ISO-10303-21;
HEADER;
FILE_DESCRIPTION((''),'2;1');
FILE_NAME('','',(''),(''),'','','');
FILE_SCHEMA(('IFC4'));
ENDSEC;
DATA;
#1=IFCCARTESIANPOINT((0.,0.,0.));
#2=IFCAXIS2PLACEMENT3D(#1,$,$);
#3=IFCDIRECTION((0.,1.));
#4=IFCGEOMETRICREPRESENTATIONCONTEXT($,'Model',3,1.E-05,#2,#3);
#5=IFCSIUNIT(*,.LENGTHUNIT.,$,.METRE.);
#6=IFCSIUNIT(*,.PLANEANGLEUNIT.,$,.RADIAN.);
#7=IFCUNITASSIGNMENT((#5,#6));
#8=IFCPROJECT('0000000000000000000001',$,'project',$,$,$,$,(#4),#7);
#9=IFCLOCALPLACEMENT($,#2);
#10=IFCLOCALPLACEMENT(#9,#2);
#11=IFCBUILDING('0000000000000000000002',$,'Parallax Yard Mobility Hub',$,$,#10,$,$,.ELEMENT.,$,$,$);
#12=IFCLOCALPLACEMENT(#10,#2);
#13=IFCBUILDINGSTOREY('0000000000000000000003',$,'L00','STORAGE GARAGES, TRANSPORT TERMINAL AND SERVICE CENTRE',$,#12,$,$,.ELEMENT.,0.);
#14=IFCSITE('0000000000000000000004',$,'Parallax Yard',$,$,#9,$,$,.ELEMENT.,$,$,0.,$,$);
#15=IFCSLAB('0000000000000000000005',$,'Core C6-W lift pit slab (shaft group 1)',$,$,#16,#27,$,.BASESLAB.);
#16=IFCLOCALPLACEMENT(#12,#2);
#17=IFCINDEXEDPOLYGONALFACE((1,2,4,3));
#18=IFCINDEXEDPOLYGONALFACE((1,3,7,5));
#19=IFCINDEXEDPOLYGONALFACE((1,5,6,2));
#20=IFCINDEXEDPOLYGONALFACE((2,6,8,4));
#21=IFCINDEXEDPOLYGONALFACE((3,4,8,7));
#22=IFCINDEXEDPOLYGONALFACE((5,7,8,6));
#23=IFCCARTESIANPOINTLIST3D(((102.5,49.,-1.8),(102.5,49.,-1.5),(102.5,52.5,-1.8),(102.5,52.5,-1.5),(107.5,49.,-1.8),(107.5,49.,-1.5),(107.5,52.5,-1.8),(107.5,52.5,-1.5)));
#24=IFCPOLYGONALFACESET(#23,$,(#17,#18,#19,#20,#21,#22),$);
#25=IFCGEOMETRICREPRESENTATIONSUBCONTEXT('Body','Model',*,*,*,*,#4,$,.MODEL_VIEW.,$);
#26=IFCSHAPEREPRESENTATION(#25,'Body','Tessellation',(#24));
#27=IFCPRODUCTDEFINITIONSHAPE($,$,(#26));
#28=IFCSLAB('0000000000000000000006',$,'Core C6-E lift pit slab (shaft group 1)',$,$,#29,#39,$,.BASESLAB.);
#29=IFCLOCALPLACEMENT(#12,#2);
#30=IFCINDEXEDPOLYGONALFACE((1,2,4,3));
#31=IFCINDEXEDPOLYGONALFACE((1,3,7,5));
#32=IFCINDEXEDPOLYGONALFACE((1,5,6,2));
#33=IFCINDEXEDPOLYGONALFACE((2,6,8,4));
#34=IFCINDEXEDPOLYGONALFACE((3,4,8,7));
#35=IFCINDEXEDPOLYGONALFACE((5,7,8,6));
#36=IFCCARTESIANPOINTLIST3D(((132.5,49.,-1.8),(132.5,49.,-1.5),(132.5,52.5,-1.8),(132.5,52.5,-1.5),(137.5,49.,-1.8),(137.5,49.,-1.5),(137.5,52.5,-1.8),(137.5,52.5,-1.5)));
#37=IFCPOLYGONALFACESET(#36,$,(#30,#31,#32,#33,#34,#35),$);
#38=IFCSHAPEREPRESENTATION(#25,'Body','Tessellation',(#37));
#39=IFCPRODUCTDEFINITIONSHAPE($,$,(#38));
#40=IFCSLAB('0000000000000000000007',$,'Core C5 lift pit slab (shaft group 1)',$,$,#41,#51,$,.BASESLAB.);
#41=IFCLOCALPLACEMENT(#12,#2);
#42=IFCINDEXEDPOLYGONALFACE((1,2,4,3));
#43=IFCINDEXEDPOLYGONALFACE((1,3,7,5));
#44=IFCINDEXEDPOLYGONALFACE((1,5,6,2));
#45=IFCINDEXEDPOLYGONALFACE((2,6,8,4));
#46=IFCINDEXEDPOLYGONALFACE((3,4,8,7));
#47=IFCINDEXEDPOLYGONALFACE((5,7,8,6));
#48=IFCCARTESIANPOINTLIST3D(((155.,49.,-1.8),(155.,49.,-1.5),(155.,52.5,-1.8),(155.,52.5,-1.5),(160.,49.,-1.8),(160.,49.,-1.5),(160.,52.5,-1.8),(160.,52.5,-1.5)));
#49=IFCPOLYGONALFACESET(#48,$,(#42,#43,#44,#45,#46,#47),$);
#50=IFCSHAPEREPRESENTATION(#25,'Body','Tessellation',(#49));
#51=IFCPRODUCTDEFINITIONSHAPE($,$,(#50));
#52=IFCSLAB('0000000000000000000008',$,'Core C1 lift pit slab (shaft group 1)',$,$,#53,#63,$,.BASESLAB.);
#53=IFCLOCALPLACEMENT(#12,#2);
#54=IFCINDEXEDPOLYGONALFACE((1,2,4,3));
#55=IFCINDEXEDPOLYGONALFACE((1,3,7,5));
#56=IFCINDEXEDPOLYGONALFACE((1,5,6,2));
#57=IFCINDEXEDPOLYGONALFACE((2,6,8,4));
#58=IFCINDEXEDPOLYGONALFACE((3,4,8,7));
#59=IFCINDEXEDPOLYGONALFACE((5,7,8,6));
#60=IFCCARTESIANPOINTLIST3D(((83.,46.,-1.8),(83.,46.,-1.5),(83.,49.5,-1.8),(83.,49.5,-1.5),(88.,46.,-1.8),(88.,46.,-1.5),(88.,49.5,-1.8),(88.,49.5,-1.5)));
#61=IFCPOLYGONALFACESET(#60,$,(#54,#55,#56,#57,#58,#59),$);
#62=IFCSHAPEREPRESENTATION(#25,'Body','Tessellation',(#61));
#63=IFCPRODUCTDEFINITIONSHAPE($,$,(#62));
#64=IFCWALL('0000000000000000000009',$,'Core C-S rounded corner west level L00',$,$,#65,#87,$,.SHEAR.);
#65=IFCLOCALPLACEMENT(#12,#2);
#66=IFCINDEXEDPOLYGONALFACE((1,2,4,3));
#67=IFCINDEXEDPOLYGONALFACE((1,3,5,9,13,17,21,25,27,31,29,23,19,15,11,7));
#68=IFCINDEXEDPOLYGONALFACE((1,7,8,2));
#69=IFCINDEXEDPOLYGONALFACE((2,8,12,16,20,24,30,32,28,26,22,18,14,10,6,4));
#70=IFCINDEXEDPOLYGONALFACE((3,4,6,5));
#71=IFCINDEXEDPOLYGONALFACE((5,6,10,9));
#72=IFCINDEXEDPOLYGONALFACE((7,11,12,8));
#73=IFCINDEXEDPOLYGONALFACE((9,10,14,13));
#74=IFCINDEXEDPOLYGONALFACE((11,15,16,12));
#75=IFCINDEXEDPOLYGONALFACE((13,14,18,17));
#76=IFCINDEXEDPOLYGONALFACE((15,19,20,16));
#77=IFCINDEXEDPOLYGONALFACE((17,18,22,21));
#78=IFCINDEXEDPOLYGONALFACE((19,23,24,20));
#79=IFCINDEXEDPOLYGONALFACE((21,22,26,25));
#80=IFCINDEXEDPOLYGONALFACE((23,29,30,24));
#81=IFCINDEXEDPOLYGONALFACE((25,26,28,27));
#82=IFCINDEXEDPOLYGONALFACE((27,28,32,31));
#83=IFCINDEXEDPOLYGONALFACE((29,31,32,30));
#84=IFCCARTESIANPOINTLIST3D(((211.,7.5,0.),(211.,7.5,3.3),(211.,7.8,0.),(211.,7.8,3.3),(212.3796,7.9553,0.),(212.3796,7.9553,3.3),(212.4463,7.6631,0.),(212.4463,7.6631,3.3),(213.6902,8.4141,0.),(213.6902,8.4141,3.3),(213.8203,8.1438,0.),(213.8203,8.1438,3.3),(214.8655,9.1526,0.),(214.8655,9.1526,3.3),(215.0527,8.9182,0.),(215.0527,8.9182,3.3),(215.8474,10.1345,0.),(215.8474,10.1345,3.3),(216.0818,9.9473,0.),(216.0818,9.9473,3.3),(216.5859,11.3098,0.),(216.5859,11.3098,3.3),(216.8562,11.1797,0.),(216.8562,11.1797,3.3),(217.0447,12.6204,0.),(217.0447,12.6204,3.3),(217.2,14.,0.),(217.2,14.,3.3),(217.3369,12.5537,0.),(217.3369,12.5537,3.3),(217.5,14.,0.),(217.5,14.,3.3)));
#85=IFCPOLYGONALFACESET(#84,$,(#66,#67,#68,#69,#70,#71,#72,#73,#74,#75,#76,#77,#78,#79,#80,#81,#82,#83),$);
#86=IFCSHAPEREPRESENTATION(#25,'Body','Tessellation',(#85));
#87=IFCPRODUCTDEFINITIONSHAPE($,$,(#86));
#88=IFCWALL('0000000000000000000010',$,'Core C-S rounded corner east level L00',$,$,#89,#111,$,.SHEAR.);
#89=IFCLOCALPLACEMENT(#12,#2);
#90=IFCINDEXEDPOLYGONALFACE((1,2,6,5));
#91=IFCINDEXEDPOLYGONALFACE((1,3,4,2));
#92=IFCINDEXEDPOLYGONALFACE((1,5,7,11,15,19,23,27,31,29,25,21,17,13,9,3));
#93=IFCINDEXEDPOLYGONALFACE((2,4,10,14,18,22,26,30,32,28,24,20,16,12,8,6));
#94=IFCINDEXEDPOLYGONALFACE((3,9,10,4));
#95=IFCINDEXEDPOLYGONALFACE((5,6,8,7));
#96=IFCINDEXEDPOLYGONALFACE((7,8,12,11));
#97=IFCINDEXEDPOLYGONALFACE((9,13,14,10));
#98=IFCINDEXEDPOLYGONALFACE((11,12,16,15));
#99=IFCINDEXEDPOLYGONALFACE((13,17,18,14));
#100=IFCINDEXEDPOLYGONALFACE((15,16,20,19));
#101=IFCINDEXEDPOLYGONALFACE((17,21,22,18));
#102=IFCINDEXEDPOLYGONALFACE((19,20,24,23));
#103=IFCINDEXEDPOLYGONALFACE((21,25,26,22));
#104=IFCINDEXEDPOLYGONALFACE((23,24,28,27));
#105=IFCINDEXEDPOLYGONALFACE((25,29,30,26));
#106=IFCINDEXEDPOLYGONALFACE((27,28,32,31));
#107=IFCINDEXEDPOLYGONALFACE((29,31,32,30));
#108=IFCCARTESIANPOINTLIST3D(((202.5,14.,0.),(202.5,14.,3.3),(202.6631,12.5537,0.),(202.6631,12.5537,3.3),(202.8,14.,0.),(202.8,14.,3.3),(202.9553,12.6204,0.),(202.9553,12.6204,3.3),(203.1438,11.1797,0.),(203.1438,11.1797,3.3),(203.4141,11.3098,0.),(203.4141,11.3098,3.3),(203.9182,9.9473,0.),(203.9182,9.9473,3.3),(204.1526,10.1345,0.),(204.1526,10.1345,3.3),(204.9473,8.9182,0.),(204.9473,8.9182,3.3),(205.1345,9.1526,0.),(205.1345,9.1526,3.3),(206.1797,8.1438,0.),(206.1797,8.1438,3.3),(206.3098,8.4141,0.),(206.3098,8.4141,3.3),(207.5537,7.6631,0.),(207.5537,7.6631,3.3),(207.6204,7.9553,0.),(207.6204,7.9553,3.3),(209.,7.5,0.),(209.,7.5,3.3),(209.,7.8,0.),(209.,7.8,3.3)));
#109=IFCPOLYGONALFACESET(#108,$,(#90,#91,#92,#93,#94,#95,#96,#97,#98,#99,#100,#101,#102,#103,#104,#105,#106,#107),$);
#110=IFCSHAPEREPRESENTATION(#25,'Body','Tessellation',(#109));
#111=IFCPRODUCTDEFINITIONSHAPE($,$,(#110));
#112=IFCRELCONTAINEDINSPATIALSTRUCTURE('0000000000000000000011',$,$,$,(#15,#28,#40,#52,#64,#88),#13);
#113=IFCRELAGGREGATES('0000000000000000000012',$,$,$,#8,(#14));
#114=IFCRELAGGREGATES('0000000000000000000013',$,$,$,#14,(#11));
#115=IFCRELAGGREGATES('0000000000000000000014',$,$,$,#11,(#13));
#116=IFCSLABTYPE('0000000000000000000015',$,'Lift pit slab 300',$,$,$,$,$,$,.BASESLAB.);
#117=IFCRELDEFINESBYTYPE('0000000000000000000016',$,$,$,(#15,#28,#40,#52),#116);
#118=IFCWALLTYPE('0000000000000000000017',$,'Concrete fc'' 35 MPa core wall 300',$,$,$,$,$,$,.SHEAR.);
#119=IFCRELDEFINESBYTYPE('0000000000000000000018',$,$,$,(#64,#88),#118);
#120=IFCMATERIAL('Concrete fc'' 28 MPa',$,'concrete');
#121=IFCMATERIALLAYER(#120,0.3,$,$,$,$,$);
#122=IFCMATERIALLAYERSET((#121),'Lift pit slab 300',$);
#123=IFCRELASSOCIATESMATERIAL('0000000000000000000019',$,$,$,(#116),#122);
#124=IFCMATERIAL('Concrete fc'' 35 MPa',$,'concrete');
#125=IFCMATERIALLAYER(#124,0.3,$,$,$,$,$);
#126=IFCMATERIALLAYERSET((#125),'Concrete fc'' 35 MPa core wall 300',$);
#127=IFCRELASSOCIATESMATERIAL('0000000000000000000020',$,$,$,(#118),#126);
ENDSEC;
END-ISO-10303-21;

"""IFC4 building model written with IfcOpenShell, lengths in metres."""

from ifc_helpers import new_model, si_unit, direction, frame, origin, place, context, subcontext, project, spatial, polyline, outline, extrude, material, layer, layer_set, type_object, element, save


model = new_model("IFC4")

# Units and contexts
model_context = context("Model", 3, precision=1e-05, world=origin(), true_north=direction((0.0, 1.0)))
body_context = subcontext(model_context, "Body", "Model", "MODEL_VIEW")
ifc_project = project(units=[si_unit("LENGTHUNIT", "METRE"), si_unit("PLANEANGLEUNIT", "RADIAN")], contexts=[model_context])

# Site, building, storey
site_placement = place(None, origin())
site = spatial("IfcSite", under=ifc_project, at=site_placement, Name="Parallax Yard", CompositionType="ELEMENT", RefElevation=0.0)
building_placement = place(site_placement, origin())
building = spatial("IfcBuilding", under=site, at=building_placement, Name="Parallax Yard Mobility Hub", CompositionType="ELEMENT")
storey_placement = place(building_placement, origin())
storey = spatial("IfcBuildingStorey", under=building, at=storey_placement, Name="L00", Description="STORAGE GARAGES, TRANSPORT TERMINAL AND SERVICE CENTRE", CompositionType="ELEMENT", Elevation=0.0)

# Shared definitions
ifc_material_1 = material(Name="Concrete fc' 28 MPa", Category="concrete")

# Shared definitions
ifc_material_2 = material(Name="Concrete fc' 35 MPa", Category="concrete")

# Slabs
ifc_layer_1 = layer(ifc_material_1, 0.3)
ifc_layer_set_1 = layer_set([ifc_layer_1], Name="Lift pit slab 300")
slab_type_1 = type_object("IfcSlabType", Name="Lift pit slab 300", PredefinedType="BASESLAB", material=ifc_layer_set_1)
slab_1_placement = place(storey_placement, frame((0.0, 0.0, -1.8)))
element("IfcSlab", 1, at=slab_1_placement, inside=storey, type_object=slab_type_1, Name="Core C6-W lift pit slab (shaft group 1)", PredefinedType="BASESLAB", context=body_context, shape_type="SweptSolid", body=[
    extrude(outline(polyline([(102.5, 49.0), (107.5, 49.0), (107.5, 52.5), (102.5, 52.5), (102.5, 49.0)])), origin(), (0.0, 0.0, 1.0), 0.3),
])
slab_2_placement = place(storey_placement, frame((0.0, 0.0, -1.8)))
element("IfcSlab", 2, at=slab_2_placement, inside=storey, type_object=slab_type_1, Name="Core C6-E lift pit slab (shaft group 1)", PredefinedType="BASESLAB", context=body_context, shape_type="SweptSolid", body=[
    extrude(outline(polyline([(132.5, 49.0), (137.5, 49.0), (137.5, 52.5), (132.5, 52.5), (132.5, 49.0)])), origin(), (0.0, 0.0, 1.0), 0.3),
])
slab_3_placement = place(storey_placement, frame((0.0, 0.0, -1.8)))
element("IfcSlab", 3, at=slab_3_placement, inside=storey, type_object=slab_type_1, Name="Core C5 lift pit slab (shaft group 1)", PredefinedType="BASESLAB", context=body_context, shape_type="SweptSolid", body=[
    extrude(outline(polyline([(155.0, 49.0), (160.0, 49.0), (160.0, 52.5), (155.0, 52.5), (155.0, 49.0)])), origin(), (0.0, 0.0, 1.0), 0.3),
])
slab_4_placement = place(storey_placement, frame((0.0, 0.0, -1.8)))
element("IfcSlab", 4, at=slab_4_placement, inside=storey, type_object=slab_type_1, Name="Core C1 lift pit slab (shaft group 1)", PredefinedType="BASESLAB", context=body_context, shape_type="SweptSolid", body=[
    extrude(outline(polyline([(83.0, 46.0), (88.0, 46.0), (88.0, 49.5), (83.0, 49.5), (83.0, 46.0)])), origin(), (0.0, 0.0, 1.0), 0.3),
])

# Walls
ifc_layer_2 = layer(ifc_material_2, 0.3)
ifc_layer_set_2 = layer_set([ifc_layer_2], Name="Concrete fc' 35 MPa core wall 300")
wall_type = type_object("IfcWallType", Name="Concrete fc' 35 MPa core wall 300", PredefinedType="SHEAR", material=ifc_layer_set_2)
wall_1_placement = place(storey_placement, origin())
element("IfcWall", 5, at=wall_1_placement, inside=storey, type_object=wall_type, Name="Core C-S rounded corner west level L00", PredefinedType="SHEAR", context=body_context, shape_type="SweptSolid", body=[
    extrude(outline(polyline([(217.5, 14.0), (217.3369, 12.5537), (216.8562, 11.1797), (216.0818, 9.9473), (215.0527, 8.9182), (213.8203, 8.1438), (212.4463, 7.6631), (211.0, 7.5), (211.0, 7.8), (212.3796, 7.9553), (213.6902, 8.4141), (214.8655, 9.1526), (215.8474, 10.1345), (216.5859, 11.3098), (217.0447, 12.6204), (217.2, 14.0), (217.5, 14.0)])), origin(), (0.0, 0.0, 1.0), 3.3),
])
wall_2_placement = place(storey_placement, origin())
element("IfcWall", 6, at=wall_2_placement, inside=storey, type_object=wall_type, Name="Core C-S rounded corner east level L00", PredefinedType="SHEAR", context=body_context, shape_type="SweptSolid", body=[
    extrude(outline(polyline([(202.5, 14.0), (202.6631, 12.5537), (203.1438, 11.1797), (203.9182, 9.9473), (204.9473, 8.9182), (206.1797, 8.1438), (207.5537, 7.6631), (209.0, 7.5), (209.0, 7.8), (207.6204, 7.9553), (206.3098, 8.4141), (205.1345, 9.1526), (204.1526, 10.1345), (203.4141, 11.3098), (202.9553, 12.6204), (202.8, 14.0), (202.5, 14.0)])), origin(), (0.0, 0.0, 1.0), 3.3),
])

save(model, "model.ifc")
